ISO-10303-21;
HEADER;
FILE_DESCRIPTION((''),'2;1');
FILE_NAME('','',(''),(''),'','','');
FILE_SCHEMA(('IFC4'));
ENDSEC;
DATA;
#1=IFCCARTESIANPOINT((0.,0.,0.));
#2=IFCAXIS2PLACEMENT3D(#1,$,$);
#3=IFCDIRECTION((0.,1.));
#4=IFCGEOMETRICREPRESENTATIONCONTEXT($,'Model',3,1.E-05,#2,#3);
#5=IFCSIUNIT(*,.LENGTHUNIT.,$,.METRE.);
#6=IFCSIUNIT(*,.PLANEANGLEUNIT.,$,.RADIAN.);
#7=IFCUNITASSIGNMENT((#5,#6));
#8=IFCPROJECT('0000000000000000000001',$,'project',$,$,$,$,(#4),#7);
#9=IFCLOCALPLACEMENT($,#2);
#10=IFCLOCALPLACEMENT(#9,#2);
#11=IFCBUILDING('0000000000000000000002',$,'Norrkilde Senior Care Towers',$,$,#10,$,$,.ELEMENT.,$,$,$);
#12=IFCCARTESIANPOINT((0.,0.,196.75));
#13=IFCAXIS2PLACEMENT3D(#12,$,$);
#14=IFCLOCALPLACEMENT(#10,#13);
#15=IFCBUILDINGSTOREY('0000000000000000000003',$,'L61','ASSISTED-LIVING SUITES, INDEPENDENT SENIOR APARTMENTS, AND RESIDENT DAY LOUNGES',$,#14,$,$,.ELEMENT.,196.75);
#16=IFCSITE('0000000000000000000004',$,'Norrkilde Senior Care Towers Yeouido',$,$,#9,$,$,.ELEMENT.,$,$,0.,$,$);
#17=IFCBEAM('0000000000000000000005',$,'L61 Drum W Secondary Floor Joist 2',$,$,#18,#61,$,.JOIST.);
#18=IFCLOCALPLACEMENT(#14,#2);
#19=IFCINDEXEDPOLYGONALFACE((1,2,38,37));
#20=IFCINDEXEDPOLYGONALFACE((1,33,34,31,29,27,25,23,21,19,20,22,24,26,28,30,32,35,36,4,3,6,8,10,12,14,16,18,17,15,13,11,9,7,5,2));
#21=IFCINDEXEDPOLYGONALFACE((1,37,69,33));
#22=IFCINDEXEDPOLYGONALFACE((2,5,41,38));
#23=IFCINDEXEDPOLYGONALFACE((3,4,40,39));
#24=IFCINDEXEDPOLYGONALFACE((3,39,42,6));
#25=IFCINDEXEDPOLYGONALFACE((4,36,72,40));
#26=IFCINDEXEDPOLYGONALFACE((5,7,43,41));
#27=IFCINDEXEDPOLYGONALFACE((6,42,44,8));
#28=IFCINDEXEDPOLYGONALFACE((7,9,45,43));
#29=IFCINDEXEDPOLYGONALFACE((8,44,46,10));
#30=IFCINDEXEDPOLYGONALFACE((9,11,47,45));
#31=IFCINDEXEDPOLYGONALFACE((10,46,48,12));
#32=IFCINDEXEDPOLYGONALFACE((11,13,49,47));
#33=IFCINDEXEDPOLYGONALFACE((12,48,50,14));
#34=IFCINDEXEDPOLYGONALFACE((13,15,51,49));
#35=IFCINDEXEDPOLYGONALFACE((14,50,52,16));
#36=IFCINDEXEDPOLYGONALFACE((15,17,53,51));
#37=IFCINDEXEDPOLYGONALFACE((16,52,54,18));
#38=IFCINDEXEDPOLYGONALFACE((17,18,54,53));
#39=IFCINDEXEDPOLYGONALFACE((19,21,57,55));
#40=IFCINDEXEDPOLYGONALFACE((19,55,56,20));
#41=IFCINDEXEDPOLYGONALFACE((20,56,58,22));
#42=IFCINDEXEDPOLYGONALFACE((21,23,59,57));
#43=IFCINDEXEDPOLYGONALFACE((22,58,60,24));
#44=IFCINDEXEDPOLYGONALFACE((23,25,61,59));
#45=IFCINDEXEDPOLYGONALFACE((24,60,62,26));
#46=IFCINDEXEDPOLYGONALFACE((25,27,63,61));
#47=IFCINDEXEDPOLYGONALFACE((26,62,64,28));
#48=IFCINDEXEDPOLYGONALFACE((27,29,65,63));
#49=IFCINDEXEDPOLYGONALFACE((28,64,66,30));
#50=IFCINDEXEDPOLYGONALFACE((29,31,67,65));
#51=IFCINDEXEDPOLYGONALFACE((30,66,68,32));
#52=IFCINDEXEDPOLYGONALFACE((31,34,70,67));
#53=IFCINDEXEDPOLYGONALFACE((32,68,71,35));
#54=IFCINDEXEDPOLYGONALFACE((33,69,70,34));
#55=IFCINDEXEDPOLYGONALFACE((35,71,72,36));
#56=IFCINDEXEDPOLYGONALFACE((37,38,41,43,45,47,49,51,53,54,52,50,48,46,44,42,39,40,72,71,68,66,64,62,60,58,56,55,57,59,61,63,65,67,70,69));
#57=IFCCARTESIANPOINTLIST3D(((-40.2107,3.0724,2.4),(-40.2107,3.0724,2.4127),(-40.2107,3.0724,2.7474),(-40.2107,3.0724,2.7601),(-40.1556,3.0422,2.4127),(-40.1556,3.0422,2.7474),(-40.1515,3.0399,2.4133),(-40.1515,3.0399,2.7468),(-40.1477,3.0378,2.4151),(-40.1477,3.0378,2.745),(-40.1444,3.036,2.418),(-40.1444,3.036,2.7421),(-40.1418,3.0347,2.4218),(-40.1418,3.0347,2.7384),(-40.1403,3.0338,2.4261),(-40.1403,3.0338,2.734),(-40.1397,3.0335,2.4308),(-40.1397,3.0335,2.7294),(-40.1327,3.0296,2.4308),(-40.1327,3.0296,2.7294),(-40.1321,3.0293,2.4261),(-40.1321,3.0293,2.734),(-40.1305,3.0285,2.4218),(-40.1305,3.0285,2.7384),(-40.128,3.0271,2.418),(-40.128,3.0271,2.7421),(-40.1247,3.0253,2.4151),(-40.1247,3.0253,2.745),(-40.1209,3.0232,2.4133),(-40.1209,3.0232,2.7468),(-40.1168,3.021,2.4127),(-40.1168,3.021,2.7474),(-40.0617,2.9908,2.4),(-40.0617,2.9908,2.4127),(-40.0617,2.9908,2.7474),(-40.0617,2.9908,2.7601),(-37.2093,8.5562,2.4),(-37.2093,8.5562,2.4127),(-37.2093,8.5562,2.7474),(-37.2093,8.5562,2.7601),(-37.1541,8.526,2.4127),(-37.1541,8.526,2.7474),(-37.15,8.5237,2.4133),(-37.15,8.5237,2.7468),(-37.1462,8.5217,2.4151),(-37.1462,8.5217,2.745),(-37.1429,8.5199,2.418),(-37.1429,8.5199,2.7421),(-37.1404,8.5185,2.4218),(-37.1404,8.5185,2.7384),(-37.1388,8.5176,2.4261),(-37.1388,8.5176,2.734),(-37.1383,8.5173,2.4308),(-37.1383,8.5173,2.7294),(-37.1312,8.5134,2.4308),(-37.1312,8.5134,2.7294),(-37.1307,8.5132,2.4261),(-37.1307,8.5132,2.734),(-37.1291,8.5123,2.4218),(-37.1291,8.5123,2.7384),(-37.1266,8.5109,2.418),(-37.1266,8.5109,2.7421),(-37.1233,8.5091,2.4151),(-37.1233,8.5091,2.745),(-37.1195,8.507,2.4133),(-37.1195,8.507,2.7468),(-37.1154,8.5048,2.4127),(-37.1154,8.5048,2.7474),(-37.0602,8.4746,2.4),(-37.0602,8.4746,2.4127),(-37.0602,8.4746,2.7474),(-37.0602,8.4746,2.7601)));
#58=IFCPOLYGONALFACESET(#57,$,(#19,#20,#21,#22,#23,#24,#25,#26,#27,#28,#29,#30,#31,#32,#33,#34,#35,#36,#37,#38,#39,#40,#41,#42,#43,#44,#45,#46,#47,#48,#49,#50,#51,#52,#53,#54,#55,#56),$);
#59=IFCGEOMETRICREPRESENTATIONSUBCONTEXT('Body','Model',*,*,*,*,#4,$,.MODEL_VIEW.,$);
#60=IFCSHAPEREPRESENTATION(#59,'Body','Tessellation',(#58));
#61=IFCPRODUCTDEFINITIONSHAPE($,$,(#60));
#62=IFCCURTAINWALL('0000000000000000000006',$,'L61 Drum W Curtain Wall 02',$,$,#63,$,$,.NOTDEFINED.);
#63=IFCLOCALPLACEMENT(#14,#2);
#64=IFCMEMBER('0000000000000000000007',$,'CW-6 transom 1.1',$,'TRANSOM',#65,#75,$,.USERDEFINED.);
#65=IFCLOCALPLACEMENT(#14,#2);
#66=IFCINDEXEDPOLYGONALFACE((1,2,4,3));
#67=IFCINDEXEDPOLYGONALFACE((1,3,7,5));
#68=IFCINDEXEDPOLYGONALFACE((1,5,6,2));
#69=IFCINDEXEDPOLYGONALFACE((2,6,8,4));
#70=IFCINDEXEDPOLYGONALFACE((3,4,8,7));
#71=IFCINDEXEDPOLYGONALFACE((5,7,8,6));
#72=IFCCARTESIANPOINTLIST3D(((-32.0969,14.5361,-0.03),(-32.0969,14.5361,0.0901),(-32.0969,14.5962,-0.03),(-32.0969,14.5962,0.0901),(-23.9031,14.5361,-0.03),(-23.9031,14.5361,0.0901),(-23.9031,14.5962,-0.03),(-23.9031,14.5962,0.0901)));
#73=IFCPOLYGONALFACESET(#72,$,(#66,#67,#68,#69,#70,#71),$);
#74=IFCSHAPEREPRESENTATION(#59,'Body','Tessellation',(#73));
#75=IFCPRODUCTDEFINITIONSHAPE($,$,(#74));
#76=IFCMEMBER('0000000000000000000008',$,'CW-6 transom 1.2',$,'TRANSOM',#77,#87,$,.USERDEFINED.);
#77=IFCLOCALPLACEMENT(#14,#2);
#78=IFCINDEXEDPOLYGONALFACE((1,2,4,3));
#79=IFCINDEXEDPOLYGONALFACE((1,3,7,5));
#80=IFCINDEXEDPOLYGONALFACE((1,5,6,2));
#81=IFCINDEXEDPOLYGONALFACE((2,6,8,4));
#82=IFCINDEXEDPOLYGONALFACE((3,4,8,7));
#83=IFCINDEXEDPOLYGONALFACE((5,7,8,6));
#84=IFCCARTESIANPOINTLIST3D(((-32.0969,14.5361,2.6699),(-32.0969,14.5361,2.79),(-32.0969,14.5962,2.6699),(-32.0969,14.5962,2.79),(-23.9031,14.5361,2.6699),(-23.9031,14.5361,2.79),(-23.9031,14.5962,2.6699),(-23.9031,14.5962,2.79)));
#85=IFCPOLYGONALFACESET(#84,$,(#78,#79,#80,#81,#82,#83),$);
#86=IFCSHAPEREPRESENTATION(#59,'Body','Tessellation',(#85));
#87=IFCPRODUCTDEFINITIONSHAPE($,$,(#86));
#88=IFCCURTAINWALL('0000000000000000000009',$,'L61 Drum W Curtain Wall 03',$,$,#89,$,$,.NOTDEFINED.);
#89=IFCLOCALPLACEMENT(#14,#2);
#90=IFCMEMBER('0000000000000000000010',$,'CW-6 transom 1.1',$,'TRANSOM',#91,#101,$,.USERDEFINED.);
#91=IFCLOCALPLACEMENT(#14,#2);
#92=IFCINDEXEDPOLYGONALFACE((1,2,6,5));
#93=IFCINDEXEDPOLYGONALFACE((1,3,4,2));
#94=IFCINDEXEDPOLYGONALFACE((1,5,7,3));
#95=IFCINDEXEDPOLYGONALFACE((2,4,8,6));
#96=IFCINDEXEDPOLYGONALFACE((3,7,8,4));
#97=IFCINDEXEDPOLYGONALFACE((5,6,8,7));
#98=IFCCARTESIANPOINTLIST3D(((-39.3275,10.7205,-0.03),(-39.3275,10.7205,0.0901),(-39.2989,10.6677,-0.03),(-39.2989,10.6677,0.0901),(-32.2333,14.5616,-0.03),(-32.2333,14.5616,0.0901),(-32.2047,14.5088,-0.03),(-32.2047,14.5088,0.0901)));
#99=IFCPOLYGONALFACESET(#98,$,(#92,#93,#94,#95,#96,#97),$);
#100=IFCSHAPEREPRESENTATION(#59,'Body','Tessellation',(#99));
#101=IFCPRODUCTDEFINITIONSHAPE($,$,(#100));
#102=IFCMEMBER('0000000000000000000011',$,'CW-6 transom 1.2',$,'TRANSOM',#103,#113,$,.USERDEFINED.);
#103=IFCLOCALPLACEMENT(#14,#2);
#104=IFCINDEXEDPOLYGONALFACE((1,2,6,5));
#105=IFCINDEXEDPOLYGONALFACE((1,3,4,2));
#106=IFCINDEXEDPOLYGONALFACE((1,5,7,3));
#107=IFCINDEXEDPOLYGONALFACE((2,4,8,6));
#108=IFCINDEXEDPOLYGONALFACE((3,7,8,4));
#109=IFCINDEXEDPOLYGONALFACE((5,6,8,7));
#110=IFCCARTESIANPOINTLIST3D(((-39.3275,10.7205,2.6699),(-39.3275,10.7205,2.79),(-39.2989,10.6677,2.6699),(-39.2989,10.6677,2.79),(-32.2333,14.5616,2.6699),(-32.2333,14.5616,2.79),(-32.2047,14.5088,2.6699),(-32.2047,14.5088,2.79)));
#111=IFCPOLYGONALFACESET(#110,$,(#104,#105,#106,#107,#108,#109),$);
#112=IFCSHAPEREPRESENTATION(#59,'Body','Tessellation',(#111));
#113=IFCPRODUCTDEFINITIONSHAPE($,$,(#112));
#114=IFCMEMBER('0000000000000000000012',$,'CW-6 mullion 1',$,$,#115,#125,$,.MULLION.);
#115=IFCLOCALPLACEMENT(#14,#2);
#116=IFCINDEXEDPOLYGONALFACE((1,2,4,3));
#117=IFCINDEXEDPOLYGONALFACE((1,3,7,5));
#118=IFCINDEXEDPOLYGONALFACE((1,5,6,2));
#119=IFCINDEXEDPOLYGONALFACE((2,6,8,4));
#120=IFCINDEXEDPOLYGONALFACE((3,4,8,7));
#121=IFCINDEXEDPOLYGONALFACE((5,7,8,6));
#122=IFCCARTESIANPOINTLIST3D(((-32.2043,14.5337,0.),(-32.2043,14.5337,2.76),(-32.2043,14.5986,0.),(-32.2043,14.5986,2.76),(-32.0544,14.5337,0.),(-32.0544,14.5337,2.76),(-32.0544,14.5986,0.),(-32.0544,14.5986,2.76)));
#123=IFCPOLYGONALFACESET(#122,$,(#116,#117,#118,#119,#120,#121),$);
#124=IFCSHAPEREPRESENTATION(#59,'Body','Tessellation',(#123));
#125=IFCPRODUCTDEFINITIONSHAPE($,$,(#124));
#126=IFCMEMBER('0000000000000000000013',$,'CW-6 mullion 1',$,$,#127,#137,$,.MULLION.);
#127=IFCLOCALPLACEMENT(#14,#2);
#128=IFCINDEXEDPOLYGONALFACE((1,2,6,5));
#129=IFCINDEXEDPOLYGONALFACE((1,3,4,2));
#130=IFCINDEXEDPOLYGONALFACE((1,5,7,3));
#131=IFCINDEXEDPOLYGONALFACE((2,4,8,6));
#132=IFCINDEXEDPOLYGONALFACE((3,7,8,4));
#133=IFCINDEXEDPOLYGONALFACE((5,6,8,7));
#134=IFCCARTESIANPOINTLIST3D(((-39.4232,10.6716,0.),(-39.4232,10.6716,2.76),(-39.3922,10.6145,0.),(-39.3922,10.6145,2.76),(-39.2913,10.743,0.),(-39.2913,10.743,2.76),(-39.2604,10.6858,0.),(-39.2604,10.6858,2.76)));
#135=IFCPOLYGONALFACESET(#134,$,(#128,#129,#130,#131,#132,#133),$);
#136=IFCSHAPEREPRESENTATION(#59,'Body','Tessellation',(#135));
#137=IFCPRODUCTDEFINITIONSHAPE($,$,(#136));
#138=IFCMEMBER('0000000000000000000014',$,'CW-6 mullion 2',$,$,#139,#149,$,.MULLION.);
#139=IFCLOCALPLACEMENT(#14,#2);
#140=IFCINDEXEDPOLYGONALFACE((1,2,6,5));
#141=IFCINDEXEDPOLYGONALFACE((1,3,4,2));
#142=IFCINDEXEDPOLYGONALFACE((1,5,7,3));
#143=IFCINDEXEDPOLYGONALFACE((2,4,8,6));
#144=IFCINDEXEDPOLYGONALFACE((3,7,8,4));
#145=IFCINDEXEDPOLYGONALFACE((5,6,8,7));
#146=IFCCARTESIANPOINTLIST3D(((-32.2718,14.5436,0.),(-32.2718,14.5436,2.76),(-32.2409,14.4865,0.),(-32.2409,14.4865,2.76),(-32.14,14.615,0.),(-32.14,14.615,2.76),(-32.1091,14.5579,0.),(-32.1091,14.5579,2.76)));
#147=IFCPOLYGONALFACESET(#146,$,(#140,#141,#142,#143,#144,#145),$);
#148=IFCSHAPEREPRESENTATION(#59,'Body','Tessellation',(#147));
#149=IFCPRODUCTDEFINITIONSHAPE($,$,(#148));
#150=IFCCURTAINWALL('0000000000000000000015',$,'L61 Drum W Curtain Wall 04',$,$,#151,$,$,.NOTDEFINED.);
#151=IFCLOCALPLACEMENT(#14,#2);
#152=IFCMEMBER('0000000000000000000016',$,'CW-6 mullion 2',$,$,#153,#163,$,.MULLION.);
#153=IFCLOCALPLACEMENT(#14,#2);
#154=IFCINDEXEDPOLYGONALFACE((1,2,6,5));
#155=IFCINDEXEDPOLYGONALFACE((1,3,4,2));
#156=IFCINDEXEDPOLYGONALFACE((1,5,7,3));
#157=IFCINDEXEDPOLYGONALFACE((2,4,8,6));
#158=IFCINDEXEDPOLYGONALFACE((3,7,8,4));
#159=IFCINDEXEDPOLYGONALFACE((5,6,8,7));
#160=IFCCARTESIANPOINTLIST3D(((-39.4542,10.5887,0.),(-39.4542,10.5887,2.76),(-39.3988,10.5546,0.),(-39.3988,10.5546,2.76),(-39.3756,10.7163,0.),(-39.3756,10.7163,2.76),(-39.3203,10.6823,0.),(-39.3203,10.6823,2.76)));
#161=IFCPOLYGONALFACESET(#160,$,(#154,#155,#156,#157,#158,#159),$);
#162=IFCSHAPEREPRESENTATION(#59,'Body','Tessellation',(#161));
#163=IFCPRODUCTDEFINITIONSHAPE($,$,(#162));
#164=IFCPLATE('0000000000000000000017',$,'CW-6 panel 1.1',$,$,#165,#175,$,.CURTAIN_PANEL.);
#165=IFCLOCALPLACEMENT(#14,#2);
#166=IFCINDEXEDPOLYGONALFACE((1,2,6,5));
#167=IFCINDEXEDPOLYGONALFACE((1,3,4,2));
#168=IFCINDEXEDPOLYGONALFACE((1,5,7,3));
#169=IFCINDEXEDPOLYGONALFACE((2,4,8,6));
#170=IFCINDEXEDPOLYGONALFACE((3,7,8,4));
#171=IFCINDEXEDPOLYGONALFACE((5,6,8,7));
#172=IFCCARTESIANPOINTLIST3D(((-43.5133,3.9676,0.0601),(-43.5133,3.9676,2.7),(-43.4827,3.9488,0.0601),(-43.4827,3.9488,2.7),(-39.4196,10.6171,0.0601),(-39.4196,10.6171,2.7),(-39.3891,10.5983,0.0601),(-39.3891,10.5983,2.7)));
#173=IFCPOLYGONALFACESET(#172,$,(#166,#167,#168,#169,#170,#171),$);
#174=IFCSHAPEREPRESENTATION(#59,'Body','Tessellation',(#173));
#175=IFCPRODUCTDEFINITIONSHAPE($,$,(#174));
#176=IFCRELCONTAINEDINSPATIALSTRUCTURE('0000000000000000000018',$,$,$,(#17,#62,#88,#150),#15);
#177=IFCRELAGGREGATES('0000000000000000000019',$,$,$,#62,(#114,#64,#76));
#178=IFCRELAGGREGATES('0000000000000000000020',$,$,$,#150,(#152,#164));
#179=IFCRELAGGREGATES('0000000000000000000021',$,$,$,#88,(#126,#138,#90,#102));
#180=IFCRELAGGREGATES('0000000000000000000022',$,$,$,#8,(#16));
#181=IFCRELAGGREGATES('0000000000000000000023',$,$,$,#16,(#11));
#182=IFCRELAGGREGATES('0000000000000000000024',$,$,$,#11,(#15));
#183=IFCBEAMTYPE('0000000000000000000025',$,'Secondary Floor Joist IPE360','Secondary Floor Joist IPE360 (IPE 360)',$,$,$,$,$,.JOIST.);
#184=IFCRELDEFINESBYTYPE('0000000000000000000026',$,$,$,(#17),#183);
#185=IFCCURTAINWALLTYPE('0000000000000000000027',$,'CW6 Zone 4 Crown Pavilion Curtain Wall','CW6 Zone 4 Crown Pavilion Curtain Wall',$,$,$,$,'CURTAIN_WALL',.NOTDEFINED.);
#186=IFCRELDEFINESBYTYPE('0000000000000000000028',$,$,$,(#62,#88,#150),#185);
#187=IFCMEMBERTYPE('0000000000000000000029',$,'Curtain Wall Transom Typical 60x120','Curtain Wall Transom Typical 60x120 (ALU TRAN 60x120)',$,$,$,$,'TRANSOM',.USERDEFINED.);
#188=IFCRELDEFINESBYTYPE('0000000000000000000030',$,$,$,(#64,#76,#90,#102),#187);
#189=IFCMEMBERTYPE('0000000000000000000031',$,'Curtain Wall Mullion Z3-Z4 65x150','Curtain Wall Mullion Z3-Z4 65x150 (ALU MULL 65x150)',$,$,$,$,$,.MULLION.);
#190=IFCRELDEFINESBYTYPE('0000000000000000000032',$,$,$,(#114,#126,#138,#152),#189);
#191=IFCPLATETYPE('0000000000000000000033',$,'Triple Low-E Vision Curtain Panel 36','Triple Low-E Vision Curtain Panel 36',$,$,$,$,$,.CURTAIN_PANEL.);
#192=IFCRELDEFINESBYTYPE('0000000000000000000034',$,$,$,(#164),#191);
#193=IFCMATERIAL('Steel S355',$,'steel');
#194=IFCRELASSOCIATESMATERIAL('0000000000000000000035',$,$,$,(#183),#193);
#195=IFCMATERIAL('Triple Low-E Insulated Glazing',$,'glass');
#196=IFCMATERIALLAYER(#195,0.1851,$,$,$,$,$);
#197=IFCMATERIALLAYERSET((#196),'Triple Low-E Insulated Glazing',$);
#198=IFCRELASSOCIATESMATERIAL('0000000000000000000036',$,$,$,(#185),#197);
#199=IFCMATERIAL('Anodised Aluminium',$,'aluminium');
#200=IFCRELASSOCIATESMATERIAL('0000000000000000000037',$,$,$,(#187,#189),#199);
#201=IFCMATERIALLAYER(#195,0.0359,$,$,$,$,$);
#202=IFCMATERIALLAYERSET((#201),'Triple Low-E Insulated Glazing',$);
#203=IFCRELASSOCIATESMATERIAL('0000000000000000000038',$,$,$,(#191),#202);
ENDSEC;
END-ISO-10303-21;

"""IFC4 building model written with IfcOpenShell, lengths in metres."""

from ifc_helpers import new_model, si_unit, direction, frame, origin, origin_2d, place, context, subcontext, project, spatial, rectangle, i_section, extrude, source, transform, mapped, material, layer, layer_set, material_profile, profile_set, type_object, type_shapes, element, aggregate, save


model = new_model("IFC4")

# Units and contexts
model_context = context("Model", 3, precision=1e-05, world=origin(), true_north=direction((0.0, 1.0)))
body_context = subcontext(model_context, "Body", "Model", "MODEL_VIEW")
ifc_project = project(units=[si_unit("LENGTHUNIT", "METRE"), si_unit("PLANEANGLEUNIT", "RADIAN")], contexts=[model_context])

# Site, building, storey
site_placement = place(None, origin())
site = spatial("IfcSite", under=ifc_project, at=site_placement, Name="Norrkilde Senior Care Towers Yeouido", CompositionType="ELEMENT", RefElevation=0.0)
building_placement = place(site_placement, origin())
building = spatial("IfcBuilding", under=site, at=building_placement, Name="Norrkilde Senior Care Towers", CompositionType="ELEMENT")
storey_placement = place(building_placement, frame((0.0, 0.0, 196.75)))
storey = spatial("IfcBuildingStorey", under=building, at=storey_placement, Name="L61", Description="ASSISTED-LIVING SUITES, INDEPENDENT SENIOR APARTMENTS, AND RESIDENT DAY LOUNGES", CompositionType="ELEMENT", Elevation=196.75)

# Beam
ifc_material_1 = material(Name="Steel S355", Category="steel")
ifc_material_profile_1 = material_profile(ifc_material_1, i_section(OverallWidth=0.1699, OverallDepth=0.3601, WebThickness=0.0081, FlangeThickness=0.0127, FilletRadius=0.0181, at=origin_2d()), Name="IPE 360")
ifc_profile_set_1 = profile_set([ifc_material_profile_1], Name="Steel S355")
beam_type_1 = type_object("IfcBeamType", Name="Secondary Floor Joist IPE360", Description="Secondary Floor Joist IPE360 (IPE 360)", PredefinedType="JOIST", material=ifc_profile_set_1)
shared_shape_1 = source(origin(), body_context, "Body", "SweptSolid", [
    extrude(i_section(OverallWidth=0.1699, OverallDepth=0.3601, WebThickness=0.0081, FlangeThickness=0.0127, FilletRadius=0.0181, at=origin_2d()), origin(), (0.0, 0.0, 1.0), 6.2515),
])
type_shapes(beam_type_1, [shared_shape_1])
beam_1_placement = place(storey_placement, frame((-37.1348, 8.5154, 2.5801), z_axis=(-0.480116, -0.877205, 0.0), x_axis=(0.877205, -0.480116, 0.0)))
element("IfcBeam", 1, at=beam_1_placement, inside=storey, type_object=beam_type_1, Name="L61 Drum W Secondary Floor Joist 2", PredefinedType="JOIST", context=body_context, shape_type="MappedRepresentation", body=[
    mapped(shared_shape_1, transform((0.0, 0.0, 0.0), x_axis=(1.0, 0.0, 0.0), y_axis=(0.0, 1.0, 0.0), z_axis=(0.0, 0.0, 1.0), scale=1.0)),
])

# Curtain walls, members
ifc_material_2 = material(Name="Triple Low-E Insulated Glazing", Category="glass")
ifc_layer_1 = layer(ifc_material_2, 0.1851)
ifc_layer_set_1 = layer_set([ifc_layer_1], Name="Triple Low-E Insulated Glazing")
curtain_wall_type = type_object("IfcCurtainWallType", Name="CW6 Zone 4 Crown Pavilion Curtain Wall", Description="CW6 Zone 4 Crown Pavilion Curtain Wall", ElementType="CURTAIN_WALL", PredefinedType="NOTDEFINED", material=ifc_layer_set_1)
curtain_wall_1_placement = place(storey_placement, origin())
curtain_wall_1 = element("IfcCurtainWall", 2, at=curtain_wall_1_placement, inside=storey, type_object=curtain_wall_type, Name="L61 Drum W Curtain Wall 02", PredefinedType="NOTDEFINED")
ifc_material_3 = material(Name="Anodised Aluminium", Category="aluminium")
ifc_material_profile_2 = material_profile(ifc_material_3, rectangle(XDim=0.0601, YDim=0.1201, at=origin_2d()), Name="ALU TRAN 60x120")
ifc_profile_set_2 = profile_set([ifc_material_profile_2], Name="Anodised Aluminium")
member_type_1 = type_object("IfcMemberType", Name="Curtain Wall Transom Typical 60x120", Description="Curtain Wall Transom Typical 60x120 (ALU TRAN 60x120)", ElementType="TRANSOM", PredefinedType="USERDEFINED", material=ifc_profile_set_2)
shared_shape_2 = source(origin(), body_context, "Body", "SweptSolid", [
    extrude(rectangle(XDim=0.0601, YDim=0.1201, at=origin_2d()), origin(), (0.0, 0.0, 1.0), 8.1938),
])
member_1_placement = place(storey_placement, frame((-32.0969, 14.5662, 0.03), z_axis=(1.0, 0.0, 0.0), x_axis=(0.0, 1.0, 0.0)))
member_1 = element("IfcMember", 3, at=member_1_placement, type_object=member_type_1, Name="CW-6 transom 1.1", ObjectType="TRANSOM", PredefinedType="USERDEFINED", context=body_context, shape_type="MappedRepresentation", body=[
    mapped(shared_shape_2, transform((0.0, 0.0, 0.0), x_axis=(1.0, 0.0, 0.0), y_axis=(0.0, 1.0, 0.0), z_axis=(0.0, 0.0, 1.0), scale=1.0)),
])
member_2_placement = place(storey_placement, frame((-32.0969, 14.5662, 2.73), z_axis=(1.0, 0.0, 0.0), x_axis=(0.0, 1.0, 0.0)))
member_2 = element("IfcMember", 4, at=member_2_placement, type_object=member_type_1, Name="CW-6 transom 1.2", ObjectType="TRANSOM", PredefinedType="USERDEFINED", context=body_context, shape_type="MappedRepresentation", body=[
    mapped(shared_shape_2, transform((0.0, 0.0, 0.0), x_axis=(1.0, 0.0, 0.0), y_axis=(0.0, 1.0, 0.0), z_axis=(0.0, 0.0, 1.0), scale=1.0)),
])
curtain_wall_2_placement = place(storey_placement, origin())
curtain_wall_2 = element("IfcCurtainWall", 5, at=curtain_wall_2_placement, inside=storey, type_object=curtain_wall_type, Name="L61 Drum W Curtain Wall 03", PredefinedType="NOTDEFINED")
shared_shape_3 = source(origin(), body_context, "Body", "SweptSolid", [
    extrude(rectangle(XDim=0.0601, YDim=0.1201, at=origin_2d()), origin(), (0.0, 0.0, 1.0), 8.0674),
])
type_shapes(member_type_1, [shared_shape_2, shared_shape_3])
member_3_placement = place(storey_placement, frame((-39.3132, 10.6941, 0.03), z_axis=(0.879378, 0.476125, 0.0), x_axis=(-0.476125, 0.879378, 0.0)))
member_3 = element("IfcMember", 6, at=member_3_placement, type_object=member_type_1, Name="CW-6 transom 1.1", ObjectType="TRANSOM", PredefinedType="USERDEFINED", context=body_context, shape_type="MappedRepresentation", body=[
    mapped(shared_shape_3, transform((0.0, 0.0, 0.0), x_axis=(1.0, 0.0, 0.0), y_axis=(0.0, 1.0, 0.0), z_axis=(0.0, 0.0, 1.0), scale=1.0)),
])
member_4_placement = place(storey_placement, frame((-39.3132, 10.6941, 2.73), z_axis=(0.879378, 0.476125, 0.0), x_axis=(-0.476125, 0.879378, 0.0)))
member_4 = element("IfcMember", 7, at=member_4_placement, type_object=member_type_1, Name="CW-6 transom 1.2", ObjectType="TRANSOM", PredefinedType="USERDEFINED", context=body_context, shape_type="MappedRepresentation", body=[
    mapped(shared_shape_3, transform((0.0, 0.0, 0.0), x_axis=(1.0, 0.0, 0.0), y_axis=(0.0, 1.0, 0.0), z_axis=(0.0, 0.0, 1.0), scale=1.0)),
])

# Members
ifc_material_profile_3 = material_profile(ifc_material_3, rectangle(XDim=0.0649, YDim=0.1499, at=origin_2d()), Name="ALU MULL 65x150")
ifc_profile_set_3 = profile_set([ifc_material_profile_3], Name="Anodised Aluminium")
member_type_2 = type_object("IfcMemberType", Name="Curtain Wall Mullion Z3-Z4 65x150", Description="Curtain Wall Mullion Z3-Z4 65x150 (ALU MULL 65x150)", PredefinedType="MULLION", material=ifc_profile_set_3)
shared_shape_4 = source(origin(), body_context, "Body", "SweptSolid", [
    extrude(rectangle(XDim=0.0649, YDim=0.1499, at=origin_2d()), origin(), (0.0, 0.0, 1.0), 2.76),
])
type_shapes(member_type_2, [shared_shape_4])
member_5_placement = place(storey_placement, frame((-32.1294, 14.5662, 0.0), z_axis=(0.0, 0.0, 1.0), x_axis=(0.0, 1.0, 0.0)))
member_5 = element("IfcMember", 8, at=member_5_placement, type_object=member_type_2, Name="CW-6 mullion 1", PredefinedType="MULLION", context=body_context, shape_type="MappedRepresentation", body=[
    mapped(shared_shape_4, transform((0.0, 0.0, 0.0), x_axis=(1.0, 0.0, 0.0), y_axis=(0.0, 1.0, 0.0), z_axis=(0.0, 0.0, 1.0), scale=1.0)),
])
aggregate(curtain_wall_1, [member_5, member_1, member_2])
member_6_placement = place(storey_placement, frame((-39.3418, 10.6787, 0.0), z_axis=(0.0, 0.0, 1.0), x_axis=(-0.476133, 0.879373, 0.0)))
member_6 = element("IfcMember", 9, at=member_6_placement, type_object=member_type_2, Name="CW-6 mullion 1", PredefinedType="MULLION", context=body_context, shape_type="MappedRepresentation", body=[
    mapped(shared_shape_4, transform((0.0, 0.0, 0.0), x_axis=(1.0, 0.0, 0.0), y_axis=(0.0, 1.0, 0.0), z_axis=(0.0, 0.0, 1.0), scale=1.0)),
])
member_7_placement = place(storey_placement, frame((-32.1904, 14.5508, 0.0), z_axis=(0.0, 0.0, 1.0), x_axis=(-0.476133, 0.879373, 0.0)))
member_7 = element("IfcMember", 10, at=member_7_placement, type_object=member_type_2, Name="CW-6 mullion 2", PredefinedType="MULLION", context=body_context, shape_type="MappedRepresentation", body=[
    mapped(shared_shape_4, transform((0.0, 0.0, 0.0), x_axis=(1.0, 0.0, 0.0), y_axis=(0.0, 1.0, 0.0), z_axis=(0.0, 0.0, 1.0), scale=1.0)),
])

# Curtain wall, member, plate
curtain_wall_3_placement = place(storey_placement, origin())
curtain_wall_3 = element("IfcCurtainWall", 11, at=curtain_wall_3_placement, inside=storey, type_object=curtain_wall_type, Name="L61 Drum W Curtain Wall 04", PredefinedType="NOTDEFINED")
member_8_placement = place(storey_placement, frame((-39.3872, 10.6355, 0.0), z_axis=(0.0, 0.0, 1.0), x_axis=(-0.851563, 0.524253, 0.0)))
member_8 = element("IfcMember", 12, at=member_8_placement, type_object=member_type_2, Name="CW-6 mullion 2", PredefinedType="MULLION", context=body_context, shape_type="MappedRepresentation", body=[
    mapped(shared_shape_4, transform((0.0, 0.0, 0.0), x_axis=(1.0, 0.0, 0.0), y_axis=(0.0, 1.0, 0.0), z_axis=(0.0, 0.0, 1.0), scale=1.0)),
])
ifc_layer_2 = layer(ifc_material_2, 0.0359)
ifc_layer_set_2 = layer_set([ifc_layer_2], Name="Triple Low-E Insulated Glazing")
plate_type = type_object("IfcPlateType", Name="Triple Low-E Vision Curtain Panel 36", Description="Triple Low-E Vision Curtain Panel 36", PredefinedType="CURTAIN_PANEL", material=ifc_layer_set_2)
shared_shape_5 = source(origin(), body_context, "Body", "SweptSolid", [
    extrude(rectangle(XDim=7.8086, YDim=0.0359, at=origin_2d()), origin(), (0.0, 0.0, 1.0), 2.6399),
])
plate_1_placement = place(storey_placement, frame((-41.4512, 7.283, 0.0601), z_axis=(0.0, 0.0, 1.0), x_axis=(0.524253, 0.851563, 0.0)))
plate_1 = element("IfcPlate", 13, at=plate_1_placement, type_object=plate_type, Name="CW-6 panel 1.1", PredefinedType="CURTAIN_PANEL", context=body_context, shape_type="MappedRepresentation", body=[
    mapped(shared_shape_5, transform((0.0, 0.0, 0.0), x_axis=(1.0, 0.0, 0.0), y_axis=(0.0, 1.0, 0.0), z_axis=(0.0, 0.0, 1.0), scale=1.0)),
])
aggregate(curtain_wall_3, [member_8, plate_1])

aggregate(curtain_wall_2, [member_6, member_7, member_3, member_4])

save(model, "model.ifc")
